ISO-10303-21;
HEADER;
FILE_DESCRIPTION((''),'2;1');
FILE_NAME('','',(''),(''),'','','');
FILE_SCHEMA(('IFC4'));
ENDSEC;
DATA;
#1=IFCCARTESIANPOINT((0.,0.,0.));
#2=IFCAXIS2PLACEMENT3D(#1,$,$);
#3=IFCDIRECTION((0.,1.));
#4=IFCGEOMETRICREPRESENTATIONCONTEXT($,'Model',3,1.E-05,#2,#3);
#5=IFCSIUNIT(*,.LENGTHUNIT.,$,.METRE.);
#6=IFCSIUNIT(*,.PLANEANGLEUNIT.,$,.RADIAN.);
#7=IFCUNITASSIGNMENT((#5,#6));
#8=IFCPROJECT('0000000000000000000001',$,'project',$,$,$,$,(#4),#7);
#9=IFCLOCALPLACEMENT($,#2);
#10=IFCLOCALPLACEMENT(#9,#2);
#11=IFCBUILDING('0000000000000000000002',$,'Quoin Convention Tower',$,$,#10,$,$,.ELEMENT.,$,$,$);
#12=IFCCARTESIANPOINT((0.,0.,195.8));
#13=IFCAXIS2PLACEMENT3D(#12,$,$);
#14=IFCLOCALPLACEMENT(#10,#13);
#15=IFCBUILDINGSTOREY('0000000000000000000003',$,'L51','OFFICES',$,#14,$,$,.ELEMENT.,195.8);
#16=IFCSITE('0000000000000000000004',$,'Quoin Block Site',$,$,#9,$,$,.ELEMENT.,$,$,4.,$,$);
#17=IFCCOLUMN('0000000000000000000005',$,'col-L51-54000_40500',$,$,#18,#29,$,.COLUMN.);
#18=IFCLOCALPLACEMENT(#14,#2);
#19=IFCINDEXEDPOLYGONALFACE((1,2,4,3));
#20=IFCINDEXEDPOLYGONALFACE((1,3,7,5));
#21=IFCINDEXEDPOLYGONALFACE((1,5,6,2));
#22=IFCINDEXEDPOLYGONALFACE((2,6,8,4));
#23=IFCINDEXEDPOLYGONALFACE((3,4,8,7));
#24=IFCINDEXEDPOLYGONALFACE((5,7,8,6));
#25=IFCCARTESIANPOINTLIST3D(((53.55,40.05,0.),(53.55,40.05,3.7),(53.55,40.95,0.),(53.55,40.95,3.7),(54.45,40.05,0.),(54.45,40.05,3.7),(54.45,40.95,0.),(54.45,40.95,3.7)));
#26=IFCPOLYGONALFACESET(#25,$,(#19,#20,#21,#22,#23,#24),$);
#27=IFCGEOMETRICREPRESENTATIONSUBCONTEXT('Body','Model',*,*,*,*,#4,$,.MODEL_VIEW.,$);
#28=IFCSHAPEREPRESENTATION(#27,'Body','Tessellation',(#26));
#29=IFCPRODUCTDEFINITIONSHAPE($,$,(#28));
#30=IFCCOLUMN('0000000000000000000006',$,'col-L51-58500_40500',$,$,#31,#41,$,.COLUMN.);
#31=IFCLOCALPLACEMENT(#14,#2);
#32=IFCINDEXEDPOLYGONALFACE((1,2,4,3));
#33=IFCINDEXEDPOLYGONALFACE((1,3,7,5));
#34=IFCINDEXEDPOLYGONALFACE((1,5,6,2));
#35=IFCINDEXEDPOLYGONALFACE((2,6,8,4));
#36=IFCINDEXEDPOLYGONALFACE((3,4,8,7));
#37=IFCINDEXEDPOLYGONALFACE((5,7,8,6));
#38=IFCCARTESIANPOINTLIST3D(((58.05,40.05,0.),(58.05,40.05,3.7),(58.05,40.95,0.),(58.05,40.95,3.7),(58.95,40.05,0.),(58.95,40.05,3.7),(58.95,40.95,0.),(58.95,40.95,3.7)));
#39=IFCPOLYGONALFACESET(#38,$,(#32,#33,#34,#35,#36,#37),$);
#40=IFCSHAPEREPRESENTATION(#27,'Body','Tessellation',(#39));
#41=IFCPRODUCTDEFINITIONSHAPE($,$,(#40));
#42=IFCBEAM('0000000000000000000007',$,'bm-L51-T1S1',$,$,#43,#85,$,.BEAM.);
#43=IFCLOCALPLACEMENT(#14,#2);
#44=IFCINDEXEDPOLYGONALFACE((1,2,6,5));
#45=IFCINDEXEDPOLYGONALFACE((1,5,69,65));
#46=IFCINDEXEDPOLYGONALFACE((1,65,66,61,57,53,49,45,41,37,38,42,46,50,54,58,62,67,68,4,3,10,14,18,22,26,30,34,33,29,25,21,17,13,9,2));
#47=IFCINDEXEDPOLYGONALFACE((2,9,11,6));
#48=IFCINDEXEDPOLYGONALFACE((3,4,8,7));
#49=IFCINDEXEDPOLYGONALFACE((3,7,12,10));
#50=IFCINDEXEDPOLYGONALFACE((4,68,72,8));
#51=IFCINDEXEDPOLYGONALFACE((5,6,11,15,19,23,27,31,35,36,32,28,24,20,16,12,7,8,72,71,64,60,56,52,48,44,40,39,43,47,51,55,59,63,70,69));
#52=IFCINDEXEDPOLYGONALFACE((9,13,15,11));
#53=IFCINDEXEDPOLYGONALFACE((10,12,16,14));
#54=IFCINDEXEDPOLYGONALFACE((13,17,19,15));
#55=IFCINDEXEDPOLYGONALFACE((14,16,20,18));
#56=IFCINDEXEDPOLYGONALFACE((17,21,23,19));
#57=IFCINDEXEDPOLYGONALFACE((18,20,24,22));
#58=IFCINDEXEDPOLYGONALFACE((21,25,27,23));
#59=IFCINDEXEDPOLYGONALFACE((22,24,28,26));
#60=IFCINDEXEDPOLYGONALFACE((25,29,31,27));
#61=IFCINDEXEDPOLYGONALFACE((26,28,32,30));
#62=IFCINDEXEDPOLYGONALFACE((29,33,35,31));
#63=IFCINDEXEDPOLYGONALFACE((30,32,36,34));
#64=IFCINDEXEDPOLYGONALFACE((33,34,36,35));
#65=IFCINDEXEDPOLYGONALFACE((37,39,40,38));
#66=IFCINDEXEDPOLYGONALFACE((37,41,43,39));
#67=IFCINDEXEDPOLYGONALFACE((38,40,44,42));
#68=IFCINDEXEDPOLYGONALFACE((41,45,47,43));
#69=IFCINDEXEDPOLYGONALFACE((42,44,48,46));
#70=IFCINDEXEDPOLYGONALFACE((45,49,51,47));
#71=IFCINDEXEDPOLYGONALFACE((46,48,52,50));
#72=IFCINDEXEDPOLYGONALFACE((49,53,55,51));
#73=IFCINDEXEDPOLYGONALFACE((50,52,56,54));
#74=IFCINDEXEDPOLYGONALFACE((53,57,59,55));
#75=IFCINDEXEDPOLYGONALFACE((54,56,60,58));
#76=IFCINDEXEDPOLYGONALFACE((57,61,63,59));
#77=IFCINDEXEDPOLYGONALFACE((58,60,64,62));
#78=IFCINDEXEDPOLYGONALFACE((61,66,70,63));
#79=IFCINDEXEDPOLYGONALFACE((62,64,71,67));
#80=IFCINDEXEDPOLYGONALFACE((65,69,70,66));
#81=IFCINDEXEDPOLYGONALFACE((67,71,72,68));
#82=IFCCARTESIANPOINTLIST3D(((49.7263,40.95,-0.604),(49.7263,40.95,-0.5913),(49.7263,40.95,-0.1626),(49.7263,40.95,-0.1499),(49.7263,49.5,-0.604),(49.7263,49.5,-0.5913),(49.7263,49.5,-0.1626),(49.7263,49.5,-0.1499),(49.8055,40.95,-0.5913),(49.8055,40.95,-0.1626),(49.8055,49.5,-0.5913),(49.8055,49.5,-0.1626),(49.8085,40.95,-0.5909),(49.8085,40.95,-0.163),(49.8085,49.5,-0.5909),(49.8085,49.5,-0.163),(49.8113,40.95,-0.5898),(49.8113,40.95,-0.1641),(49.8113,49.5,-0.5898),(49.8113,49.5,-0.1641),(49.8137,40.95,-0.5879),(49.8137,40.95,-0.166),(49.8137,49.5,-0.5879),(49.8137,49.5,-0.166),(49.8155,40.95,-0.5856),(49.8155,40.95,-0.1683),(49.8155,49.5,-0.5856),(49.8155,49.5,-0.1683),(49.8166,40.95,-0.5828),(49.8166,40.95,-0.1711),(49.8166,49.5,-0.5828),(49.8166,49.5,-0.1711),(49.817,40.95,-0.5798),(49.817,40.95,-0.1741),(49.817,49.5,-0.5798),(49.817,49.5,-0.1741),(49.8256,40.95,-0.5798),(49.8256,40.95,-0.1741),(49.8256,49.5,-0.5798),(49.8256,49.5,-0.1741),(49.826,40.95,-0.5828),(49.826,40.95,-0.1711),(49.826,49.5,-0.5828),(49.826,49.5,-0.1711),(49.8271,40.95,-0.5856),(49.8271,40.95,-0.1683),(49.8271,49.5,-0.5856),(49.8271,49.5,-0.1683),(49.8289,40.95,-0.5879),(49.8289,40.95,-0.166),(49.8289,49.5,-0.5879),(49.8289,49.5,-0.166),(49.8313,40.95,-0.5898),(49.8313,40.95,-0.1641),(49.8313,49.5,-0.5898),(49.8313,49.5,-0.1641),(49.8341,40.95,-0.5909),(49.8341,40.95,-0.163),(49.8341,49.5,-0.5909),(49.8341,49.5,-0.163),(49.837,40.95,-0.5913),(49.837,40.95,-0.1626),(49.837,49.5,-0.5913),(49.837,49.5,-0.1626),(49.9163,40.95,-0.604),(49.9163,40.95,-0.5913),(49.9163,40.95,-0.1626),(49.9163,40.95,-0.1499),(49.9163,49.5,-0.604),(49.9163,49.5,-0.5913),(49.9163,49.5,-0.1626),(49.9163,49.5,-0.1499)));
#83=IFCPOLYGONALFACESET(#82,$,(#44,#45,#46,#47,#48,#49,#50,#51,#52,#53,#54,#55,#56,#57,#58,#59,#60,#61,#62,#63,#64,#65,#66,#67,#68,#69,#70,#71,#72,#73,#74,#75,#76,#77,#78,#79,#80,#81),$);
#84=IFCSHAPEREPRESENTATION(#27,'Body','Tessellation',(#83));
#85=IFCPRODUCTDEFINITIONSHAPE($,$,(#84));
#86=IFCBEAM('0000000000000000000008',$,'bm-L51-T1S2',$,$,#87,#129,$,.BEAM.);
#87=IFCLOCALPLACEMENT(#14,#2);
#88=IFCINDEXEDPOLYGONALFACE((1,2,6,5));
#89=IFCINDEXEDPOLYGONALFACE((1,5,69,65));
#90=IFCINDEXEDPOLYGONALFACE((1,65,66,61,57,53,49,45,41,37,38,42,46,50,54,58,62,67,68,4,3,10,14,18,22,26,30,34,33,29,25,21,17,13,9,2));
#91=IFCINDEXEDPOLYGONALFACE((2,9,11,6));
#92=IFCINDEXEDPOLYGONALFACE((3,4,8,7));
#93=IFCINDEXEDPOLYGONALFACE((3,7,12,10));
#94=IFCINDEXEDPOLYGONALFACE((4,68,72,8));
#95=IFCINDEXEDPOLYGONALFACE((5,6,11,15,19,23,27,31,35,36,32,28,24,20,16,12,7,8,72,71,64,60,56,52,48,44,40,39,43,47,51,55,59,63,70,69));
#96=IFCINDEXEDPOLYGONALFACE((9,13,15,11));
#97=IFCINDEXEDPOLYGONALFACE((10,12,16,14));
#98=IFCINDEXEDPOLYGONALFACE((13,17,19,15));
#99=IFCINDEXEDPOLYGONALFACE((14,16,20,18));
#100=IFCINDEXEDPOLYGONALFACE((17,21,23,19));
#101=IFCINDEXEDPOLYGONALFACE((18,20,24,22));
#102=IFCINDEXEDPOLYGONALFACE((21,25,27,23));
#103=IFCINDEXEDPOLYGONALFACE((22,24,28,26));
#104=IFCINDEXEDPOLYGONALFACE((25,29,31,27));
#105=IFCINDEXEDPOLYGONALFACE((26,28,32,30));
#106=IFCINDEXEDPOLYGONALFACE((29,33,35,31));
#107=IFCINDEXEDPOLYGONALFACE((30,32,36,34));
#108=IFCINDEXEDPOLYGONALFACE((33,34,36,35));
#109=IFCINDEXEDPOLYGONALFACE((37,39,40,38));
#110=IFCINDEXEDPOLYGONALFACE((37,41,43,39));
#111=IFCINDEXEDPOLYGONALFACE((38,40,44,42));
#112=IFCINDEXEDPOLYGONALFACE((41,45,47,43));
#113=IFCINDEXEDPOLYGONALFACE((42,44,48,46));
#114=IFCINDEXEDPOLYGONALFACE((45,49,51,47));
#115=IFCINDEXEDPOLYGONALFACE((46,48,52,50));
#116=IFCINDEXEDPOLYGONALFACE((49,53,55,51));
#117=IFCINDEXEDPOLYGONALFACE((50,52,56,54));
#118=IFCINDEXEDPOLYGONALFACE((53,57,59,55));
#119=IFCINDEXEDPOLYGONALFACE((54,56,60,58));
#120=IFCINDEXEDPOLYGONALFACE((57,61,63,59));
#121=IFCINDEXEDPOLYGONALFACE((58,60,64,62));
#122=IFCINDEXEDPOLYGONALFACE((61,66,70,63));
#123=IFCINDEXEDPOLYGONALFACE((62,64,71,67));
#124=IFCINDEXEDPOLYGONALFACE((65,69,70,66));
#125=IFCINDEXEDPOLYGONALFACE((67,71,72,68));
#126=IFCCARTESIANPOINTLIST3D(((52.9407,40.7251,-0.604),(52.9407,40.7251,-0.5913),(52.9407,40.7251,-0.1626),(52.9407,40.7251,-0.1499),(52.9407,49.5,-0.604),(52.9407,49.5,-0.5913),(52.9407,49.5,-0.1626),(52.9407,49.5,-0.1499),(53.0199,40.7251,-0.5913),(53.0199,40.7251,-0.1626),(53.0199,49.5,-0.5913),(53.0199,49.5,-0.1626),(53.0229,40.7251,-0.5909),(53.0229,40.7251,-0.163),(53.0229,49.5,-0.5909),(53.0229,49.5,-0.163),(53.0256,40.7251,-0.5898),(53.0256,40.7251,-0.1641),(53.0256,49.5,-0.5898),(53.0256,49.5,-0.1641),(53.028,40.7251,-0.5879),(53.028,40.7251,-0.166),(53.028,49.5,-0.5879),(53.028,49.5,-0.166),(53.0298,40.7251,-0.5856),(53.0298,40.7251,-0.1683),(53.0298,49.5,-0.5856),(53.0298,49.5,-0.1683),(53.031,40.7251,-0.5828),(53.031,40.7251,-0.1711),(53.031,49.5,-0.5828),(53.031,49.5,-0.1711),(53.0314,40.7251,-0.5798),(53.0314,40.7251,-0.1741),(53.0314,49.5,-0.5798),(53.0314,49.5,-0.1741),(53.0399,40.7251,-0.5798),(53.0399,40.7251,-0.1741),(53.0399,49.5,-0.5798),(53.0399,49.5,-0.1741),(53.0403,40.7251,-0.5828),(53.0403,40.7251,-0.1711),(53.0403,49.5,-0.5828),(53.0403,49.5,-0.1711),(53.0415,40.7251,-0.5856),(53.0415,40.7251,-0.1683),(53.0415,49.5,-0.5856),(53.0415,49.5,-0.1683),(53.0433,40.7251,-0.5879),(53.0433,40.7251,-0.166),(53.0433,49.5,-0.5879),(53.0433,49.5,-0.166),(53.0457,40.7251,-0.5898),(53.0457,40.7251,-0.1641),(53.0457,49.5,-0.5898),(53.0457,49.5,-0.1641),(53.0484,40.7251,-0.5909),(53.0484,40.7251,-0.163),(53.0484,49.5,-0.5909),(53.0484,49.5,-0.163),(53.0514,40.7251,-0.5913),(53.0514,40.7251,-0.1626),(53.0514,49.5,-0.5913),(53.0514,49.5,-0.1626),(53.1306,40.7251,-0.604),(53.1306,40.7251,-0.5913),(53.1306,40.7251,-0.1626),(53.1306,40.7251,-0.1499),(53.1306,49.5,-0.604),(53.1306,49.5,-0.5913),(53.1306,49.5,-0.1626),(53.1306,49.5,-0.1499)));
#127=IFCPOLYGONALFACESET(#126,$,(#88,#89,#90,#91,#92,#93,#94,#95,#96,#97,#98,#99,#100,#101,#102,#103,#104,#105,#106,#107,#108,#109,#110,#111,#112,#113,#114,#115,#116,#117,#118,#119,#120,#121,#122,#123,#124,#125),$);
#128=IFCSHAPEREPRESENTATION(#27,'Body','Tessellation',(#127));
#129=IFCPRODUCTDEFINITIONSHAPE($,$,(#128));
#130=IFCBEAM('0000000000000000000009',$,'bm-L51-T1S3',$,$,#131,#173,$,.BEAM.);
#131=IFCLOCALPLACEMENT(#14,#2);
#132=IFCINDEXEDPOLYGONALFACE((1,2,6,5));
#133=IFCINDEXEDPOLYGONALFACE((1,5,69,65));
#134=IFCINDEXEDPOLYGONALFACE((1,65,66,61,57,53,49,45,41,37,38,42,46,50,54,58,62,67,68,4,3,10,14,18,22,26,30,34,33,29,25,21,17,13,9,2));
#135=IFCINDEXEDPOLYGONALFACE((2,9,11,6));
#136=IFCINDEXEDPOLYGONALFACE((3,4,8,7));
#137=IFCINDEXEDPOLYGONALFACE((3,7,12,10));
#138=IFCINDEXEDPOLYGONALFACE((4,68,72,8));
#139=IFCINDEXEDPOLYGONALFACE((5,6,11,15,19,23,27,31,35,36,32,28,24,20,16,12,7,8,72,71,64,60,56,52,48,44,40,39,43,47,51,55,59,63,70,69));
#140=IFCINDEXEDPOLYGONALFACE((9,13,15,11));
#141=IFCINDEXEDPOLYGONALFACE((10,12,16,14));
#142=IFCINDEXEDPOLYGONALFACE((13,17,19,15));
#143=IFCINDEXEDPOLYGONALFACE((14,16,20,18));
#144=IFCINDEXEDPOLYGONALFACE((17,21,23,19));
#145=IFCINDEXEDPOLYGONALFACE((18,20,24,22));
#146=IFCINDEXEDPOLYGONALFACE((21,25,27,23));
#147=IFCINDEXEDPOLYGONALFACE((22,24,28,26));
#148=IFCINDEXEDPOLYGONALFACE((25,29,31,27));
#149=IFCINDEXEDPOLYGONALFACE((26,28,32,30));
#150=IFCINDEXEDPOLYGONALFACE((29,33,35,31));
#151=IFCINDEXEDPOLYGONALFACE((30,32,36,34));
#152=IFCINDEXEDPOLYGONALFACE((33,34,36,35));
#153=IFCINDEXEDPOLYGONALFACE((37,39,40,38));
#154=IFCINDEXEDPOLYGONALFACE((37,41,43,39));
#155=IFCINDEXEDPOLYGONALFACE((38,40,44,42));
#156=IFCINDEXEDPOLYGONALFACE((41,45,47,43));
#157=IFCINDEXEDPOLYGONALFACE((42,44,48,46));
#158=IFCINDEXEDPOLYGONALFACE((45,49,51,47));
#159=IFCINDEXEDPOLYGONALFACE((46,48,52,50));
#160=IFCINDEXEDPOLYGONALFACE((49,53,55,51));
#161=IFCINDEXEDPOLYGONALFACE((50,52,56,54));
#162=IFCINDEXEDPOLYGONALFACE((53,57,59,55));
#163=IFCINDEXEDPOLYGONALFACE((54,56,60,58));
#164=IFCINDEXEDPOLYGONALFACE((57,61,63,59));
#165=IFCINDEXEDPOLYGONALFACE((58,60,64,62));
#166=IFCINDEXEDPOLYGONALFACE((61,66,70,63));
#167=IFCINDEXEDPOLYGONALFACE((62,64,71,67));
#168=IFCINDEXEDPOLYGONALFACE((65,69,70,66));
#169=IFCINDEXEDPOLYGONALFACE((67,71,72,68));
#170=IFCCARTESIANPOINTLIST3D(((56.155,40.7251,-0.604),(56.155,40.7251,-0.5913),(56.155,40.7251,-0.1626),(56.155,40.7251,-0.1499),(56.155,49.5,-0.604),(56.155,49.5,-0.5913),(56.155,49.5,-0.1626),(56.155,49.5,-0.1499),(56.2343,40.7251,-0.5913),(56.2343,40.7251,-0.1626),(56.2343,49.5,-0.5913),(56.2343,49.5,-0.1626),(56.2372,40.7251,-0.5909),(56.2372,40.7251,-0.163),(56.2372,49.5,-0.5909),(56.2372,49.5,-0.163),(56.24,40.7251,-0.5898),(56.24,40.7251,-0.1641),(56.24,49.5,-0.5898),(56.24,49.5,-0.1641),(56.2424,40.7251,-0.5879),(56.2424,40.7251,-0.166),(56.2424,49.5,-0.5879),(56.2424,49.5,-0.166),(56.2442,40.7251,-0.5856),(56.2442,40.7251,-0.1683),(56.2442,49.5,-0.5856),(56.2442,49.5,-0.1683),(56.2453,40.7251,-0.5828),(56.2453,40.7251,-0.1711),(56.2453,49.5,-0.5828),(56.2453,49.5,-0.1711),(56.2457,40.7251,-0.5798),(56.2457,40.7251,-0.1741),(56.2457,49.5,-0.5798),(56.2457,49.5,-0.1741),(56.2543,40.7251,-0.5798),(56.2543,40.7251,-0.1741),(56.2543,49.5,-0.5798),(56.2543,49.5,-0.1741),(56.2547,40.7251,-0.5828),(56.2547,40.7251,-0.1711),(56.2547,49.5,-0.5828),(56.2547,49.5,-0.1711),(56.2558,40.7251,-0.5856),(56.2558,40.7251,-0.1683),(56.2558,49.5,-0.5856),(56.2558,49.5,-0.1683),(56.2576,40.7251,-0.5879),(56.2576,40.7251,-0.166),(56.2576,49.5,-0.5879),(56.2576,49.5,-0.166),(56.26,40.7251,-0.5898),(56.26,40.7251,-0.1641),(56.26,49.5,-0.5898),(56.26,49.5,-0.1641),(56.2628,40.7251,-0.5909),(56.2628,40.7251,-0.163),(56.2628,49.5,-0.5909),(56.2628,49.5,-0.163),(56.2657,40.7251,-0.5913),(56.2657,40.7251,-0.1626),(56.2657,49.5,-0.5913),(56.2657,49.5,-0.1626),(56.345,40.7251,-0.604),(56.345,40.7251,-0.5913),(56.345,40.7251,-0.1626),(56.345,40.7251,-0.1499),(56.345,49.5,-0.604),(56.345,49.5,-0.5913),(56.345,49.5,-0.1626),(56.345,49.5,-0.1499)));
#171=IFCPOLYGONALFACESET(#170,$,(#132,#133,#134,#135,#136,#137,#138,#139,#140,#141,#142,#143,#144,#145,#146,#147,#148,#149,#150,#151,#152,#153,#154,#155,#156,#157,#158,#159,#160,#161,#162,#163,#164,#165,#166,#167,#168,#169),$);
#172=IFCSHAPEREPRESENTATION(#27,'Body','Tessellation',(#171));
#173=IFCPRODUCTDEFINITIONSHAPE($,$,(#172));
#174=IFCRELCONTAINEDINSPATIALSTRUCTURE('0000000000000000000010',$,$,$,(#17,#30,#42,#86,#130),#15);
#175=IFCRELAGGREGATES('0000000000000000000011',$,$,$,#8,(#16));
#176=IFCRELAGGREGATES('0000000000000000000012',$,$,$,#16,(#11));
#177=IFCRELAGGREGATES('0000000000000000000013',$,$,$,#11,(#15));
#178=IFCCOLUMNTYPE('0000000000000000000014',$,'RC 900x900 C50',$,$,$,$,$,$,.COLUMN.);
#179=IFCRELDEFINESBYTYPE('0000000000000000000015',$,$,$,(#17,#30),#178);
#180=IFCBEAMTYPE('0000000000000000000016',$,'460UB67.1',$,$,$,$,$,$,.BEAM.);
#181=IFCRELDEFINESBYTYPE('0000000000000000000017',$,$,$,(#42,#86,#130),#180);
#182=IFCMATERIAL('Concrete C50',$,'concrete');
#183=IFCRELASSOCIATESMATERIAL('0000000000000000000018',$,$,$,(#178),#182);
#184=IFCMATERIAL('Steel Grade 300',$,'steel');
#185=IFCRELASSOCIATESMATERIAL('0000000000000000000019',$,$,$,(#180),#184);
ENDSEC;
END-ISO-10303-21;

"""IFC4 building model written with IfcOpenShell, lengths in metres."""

from ifc_helpers import new_model, si_unit, direction, frame, origin, origin_2d, place, context, subcontext, project, spatial, rectangle, i_section, extrude, material, material_profile, profile_set, type_object, element, save


model = new_model("IFC4")

# Units and contexts
model_context = context("Model", 3, precision=1e-05, world=origin(), true_north=direction((0.0, 1.0)))
body_context = subcontext(model_context, "Body", "Model", "MODEL_VIEW")
ifc_project = project(units=[si_unit("LENGTHUNIT", "METRE"), si_unit("PLANEANGLEUNIT", "RADIAN")], contexts=[model_context])

# Site, building, storey
site_placement = place(None, origin())
site = spatial("IfcSite", under=ifc_project, at=site_placement, Name="Quoin Block Site", CompositionType="ELEMENT", RefElevation=4.0)
building_placement = place(site_placement, origin())
building = spatial("IfcBuilding", under=site, at=building_placement, Name="Quoin Convention Tower", CompositionType="ELEMENT")
storey_placement = place(building_placement, frame((0.0, 0.0, 195.8)))
storey = spatial("IfcBuildingStorey", under=building, at=storey_placement, Name="L51", Description="OFFICES", CompositionType="ELEMENT", Elevation=195.8)

# Columns
ifc_material_1 = material(Name="Concrete C50", Category="concrete")
ifc_material_profile_1 = material_profile(ifc_material_1, rectangle(XDim=0.8999, YDim=0.8999, at=origin_2d()), Name="RC 900x900")
ifc_profile_set_1 = profile_set([ifc_material_profile_1], Name="Concrete C50")
column_type = type_object("IfcColumnType", Name="RC 900x900 C50", PredefinedType="COLUMN", material=ifc_profile_set_1)
for number, where, z_axis, x_axis, name in (
    (1, (54.0, 40.5, 0.0), (0.0, 0.0, 1.0), (1.0, 0.0, 0.0), "col-L51-54000_40500"),
    (2, (58.5, 40.5, 0.0), (0.0, 0.0, 1.0), (1.0, 0.0, 0.0), "col-L51-58500_40500"),
):
    element("IfcColumn", number, at=place(storey_placement, frame(where, z_axis=z_axis, x_axis=x_axis)), inside=storey, type_object=column_type, Name=name, PredefinedType="COLUMN", context=body_context, shape_type="SweptSolid", body=[
        extrude(rectangle(XDim=0.8999, YDim=0.8999, at=origin_2d()), origin(), (0.0, 0.0, 1.0), 3.7),
    ])

# Beams
ifc_material_2 = material(Name="Steel Grade 300", Category="steel")
ifc_material_profile_2 = material_profile(ifc_material_2, i_section(OverallWidth=0.1899, OverallDepth=0.4541, WebThickness=0.0085, FlangeThickness=0.0127, FilletRadius=0.0115, at=origin_2d()), Name="460UB67.1")
ifc_profile_set_2 = profile_set([ifc_material_profile_2], Name="Steel Grade 300")
beam_type_1 = type_object("IfcBeamType", Name="460UB67.1", PredefinedType="BEAM", material=ifc_profile_set_2)
beam_1_placement = place(storey_placement, frame((49.8213, 40.95, -0.377), z_axis=(0.0, 1.0, 0.0), x_axis=(-1.0, 0.0, 0.0)))
element("IfcBeam", 3, at=beam_1_placement, inside=storey, type_object=beam_type_1, Name="bm-L51-T1S1", PredefinedType="BEAM", context=body_context, shape_type="SweptSolid", body=[
    extrude(i_section(OverallWidth=0.1899, OverallDepth=0.4541, WebThickness=0.0085, FlangeThickness=0.0127, FilletRadius=0.0115, at=origin_2d()), origin(), (0.0, 0.0, 1.0), 8.55),
])
for number, where, z_axis, x_axis, name in (
    (4, (53.0356, 40.7251, -0.377), (0.0, 1.0, 0.0), (-1.0, 0.0, 0.0), "bm-L51-T1S2"),
    (5, (56.25, 40.7251, -0.377), (0.0, 1.0, 0.0), (-1.0, 0.0, 0.0), "bm-L51-T1S3"),
):
    element("IfcBeam", number, at=place(storey_placement, frame(where, z_axis=z_axis, x_axis=x_axis)), inside=storey, type_object=beam_type_1, Name=name, PredefinedType="BEAM", context=body_context, shape_type="SweptSolid", body=[
        extrude(i_section(OverallWidth=0.1899, OverallDepth=0.4541, WebThickness=0.0085, FlangeThickness=0.0127, FilletRadius=0.0115, at=origin_2d()), origin(), (0.0, 0.0, 1.0), 8.7749),
    ])

save(model, "model.ifc")
